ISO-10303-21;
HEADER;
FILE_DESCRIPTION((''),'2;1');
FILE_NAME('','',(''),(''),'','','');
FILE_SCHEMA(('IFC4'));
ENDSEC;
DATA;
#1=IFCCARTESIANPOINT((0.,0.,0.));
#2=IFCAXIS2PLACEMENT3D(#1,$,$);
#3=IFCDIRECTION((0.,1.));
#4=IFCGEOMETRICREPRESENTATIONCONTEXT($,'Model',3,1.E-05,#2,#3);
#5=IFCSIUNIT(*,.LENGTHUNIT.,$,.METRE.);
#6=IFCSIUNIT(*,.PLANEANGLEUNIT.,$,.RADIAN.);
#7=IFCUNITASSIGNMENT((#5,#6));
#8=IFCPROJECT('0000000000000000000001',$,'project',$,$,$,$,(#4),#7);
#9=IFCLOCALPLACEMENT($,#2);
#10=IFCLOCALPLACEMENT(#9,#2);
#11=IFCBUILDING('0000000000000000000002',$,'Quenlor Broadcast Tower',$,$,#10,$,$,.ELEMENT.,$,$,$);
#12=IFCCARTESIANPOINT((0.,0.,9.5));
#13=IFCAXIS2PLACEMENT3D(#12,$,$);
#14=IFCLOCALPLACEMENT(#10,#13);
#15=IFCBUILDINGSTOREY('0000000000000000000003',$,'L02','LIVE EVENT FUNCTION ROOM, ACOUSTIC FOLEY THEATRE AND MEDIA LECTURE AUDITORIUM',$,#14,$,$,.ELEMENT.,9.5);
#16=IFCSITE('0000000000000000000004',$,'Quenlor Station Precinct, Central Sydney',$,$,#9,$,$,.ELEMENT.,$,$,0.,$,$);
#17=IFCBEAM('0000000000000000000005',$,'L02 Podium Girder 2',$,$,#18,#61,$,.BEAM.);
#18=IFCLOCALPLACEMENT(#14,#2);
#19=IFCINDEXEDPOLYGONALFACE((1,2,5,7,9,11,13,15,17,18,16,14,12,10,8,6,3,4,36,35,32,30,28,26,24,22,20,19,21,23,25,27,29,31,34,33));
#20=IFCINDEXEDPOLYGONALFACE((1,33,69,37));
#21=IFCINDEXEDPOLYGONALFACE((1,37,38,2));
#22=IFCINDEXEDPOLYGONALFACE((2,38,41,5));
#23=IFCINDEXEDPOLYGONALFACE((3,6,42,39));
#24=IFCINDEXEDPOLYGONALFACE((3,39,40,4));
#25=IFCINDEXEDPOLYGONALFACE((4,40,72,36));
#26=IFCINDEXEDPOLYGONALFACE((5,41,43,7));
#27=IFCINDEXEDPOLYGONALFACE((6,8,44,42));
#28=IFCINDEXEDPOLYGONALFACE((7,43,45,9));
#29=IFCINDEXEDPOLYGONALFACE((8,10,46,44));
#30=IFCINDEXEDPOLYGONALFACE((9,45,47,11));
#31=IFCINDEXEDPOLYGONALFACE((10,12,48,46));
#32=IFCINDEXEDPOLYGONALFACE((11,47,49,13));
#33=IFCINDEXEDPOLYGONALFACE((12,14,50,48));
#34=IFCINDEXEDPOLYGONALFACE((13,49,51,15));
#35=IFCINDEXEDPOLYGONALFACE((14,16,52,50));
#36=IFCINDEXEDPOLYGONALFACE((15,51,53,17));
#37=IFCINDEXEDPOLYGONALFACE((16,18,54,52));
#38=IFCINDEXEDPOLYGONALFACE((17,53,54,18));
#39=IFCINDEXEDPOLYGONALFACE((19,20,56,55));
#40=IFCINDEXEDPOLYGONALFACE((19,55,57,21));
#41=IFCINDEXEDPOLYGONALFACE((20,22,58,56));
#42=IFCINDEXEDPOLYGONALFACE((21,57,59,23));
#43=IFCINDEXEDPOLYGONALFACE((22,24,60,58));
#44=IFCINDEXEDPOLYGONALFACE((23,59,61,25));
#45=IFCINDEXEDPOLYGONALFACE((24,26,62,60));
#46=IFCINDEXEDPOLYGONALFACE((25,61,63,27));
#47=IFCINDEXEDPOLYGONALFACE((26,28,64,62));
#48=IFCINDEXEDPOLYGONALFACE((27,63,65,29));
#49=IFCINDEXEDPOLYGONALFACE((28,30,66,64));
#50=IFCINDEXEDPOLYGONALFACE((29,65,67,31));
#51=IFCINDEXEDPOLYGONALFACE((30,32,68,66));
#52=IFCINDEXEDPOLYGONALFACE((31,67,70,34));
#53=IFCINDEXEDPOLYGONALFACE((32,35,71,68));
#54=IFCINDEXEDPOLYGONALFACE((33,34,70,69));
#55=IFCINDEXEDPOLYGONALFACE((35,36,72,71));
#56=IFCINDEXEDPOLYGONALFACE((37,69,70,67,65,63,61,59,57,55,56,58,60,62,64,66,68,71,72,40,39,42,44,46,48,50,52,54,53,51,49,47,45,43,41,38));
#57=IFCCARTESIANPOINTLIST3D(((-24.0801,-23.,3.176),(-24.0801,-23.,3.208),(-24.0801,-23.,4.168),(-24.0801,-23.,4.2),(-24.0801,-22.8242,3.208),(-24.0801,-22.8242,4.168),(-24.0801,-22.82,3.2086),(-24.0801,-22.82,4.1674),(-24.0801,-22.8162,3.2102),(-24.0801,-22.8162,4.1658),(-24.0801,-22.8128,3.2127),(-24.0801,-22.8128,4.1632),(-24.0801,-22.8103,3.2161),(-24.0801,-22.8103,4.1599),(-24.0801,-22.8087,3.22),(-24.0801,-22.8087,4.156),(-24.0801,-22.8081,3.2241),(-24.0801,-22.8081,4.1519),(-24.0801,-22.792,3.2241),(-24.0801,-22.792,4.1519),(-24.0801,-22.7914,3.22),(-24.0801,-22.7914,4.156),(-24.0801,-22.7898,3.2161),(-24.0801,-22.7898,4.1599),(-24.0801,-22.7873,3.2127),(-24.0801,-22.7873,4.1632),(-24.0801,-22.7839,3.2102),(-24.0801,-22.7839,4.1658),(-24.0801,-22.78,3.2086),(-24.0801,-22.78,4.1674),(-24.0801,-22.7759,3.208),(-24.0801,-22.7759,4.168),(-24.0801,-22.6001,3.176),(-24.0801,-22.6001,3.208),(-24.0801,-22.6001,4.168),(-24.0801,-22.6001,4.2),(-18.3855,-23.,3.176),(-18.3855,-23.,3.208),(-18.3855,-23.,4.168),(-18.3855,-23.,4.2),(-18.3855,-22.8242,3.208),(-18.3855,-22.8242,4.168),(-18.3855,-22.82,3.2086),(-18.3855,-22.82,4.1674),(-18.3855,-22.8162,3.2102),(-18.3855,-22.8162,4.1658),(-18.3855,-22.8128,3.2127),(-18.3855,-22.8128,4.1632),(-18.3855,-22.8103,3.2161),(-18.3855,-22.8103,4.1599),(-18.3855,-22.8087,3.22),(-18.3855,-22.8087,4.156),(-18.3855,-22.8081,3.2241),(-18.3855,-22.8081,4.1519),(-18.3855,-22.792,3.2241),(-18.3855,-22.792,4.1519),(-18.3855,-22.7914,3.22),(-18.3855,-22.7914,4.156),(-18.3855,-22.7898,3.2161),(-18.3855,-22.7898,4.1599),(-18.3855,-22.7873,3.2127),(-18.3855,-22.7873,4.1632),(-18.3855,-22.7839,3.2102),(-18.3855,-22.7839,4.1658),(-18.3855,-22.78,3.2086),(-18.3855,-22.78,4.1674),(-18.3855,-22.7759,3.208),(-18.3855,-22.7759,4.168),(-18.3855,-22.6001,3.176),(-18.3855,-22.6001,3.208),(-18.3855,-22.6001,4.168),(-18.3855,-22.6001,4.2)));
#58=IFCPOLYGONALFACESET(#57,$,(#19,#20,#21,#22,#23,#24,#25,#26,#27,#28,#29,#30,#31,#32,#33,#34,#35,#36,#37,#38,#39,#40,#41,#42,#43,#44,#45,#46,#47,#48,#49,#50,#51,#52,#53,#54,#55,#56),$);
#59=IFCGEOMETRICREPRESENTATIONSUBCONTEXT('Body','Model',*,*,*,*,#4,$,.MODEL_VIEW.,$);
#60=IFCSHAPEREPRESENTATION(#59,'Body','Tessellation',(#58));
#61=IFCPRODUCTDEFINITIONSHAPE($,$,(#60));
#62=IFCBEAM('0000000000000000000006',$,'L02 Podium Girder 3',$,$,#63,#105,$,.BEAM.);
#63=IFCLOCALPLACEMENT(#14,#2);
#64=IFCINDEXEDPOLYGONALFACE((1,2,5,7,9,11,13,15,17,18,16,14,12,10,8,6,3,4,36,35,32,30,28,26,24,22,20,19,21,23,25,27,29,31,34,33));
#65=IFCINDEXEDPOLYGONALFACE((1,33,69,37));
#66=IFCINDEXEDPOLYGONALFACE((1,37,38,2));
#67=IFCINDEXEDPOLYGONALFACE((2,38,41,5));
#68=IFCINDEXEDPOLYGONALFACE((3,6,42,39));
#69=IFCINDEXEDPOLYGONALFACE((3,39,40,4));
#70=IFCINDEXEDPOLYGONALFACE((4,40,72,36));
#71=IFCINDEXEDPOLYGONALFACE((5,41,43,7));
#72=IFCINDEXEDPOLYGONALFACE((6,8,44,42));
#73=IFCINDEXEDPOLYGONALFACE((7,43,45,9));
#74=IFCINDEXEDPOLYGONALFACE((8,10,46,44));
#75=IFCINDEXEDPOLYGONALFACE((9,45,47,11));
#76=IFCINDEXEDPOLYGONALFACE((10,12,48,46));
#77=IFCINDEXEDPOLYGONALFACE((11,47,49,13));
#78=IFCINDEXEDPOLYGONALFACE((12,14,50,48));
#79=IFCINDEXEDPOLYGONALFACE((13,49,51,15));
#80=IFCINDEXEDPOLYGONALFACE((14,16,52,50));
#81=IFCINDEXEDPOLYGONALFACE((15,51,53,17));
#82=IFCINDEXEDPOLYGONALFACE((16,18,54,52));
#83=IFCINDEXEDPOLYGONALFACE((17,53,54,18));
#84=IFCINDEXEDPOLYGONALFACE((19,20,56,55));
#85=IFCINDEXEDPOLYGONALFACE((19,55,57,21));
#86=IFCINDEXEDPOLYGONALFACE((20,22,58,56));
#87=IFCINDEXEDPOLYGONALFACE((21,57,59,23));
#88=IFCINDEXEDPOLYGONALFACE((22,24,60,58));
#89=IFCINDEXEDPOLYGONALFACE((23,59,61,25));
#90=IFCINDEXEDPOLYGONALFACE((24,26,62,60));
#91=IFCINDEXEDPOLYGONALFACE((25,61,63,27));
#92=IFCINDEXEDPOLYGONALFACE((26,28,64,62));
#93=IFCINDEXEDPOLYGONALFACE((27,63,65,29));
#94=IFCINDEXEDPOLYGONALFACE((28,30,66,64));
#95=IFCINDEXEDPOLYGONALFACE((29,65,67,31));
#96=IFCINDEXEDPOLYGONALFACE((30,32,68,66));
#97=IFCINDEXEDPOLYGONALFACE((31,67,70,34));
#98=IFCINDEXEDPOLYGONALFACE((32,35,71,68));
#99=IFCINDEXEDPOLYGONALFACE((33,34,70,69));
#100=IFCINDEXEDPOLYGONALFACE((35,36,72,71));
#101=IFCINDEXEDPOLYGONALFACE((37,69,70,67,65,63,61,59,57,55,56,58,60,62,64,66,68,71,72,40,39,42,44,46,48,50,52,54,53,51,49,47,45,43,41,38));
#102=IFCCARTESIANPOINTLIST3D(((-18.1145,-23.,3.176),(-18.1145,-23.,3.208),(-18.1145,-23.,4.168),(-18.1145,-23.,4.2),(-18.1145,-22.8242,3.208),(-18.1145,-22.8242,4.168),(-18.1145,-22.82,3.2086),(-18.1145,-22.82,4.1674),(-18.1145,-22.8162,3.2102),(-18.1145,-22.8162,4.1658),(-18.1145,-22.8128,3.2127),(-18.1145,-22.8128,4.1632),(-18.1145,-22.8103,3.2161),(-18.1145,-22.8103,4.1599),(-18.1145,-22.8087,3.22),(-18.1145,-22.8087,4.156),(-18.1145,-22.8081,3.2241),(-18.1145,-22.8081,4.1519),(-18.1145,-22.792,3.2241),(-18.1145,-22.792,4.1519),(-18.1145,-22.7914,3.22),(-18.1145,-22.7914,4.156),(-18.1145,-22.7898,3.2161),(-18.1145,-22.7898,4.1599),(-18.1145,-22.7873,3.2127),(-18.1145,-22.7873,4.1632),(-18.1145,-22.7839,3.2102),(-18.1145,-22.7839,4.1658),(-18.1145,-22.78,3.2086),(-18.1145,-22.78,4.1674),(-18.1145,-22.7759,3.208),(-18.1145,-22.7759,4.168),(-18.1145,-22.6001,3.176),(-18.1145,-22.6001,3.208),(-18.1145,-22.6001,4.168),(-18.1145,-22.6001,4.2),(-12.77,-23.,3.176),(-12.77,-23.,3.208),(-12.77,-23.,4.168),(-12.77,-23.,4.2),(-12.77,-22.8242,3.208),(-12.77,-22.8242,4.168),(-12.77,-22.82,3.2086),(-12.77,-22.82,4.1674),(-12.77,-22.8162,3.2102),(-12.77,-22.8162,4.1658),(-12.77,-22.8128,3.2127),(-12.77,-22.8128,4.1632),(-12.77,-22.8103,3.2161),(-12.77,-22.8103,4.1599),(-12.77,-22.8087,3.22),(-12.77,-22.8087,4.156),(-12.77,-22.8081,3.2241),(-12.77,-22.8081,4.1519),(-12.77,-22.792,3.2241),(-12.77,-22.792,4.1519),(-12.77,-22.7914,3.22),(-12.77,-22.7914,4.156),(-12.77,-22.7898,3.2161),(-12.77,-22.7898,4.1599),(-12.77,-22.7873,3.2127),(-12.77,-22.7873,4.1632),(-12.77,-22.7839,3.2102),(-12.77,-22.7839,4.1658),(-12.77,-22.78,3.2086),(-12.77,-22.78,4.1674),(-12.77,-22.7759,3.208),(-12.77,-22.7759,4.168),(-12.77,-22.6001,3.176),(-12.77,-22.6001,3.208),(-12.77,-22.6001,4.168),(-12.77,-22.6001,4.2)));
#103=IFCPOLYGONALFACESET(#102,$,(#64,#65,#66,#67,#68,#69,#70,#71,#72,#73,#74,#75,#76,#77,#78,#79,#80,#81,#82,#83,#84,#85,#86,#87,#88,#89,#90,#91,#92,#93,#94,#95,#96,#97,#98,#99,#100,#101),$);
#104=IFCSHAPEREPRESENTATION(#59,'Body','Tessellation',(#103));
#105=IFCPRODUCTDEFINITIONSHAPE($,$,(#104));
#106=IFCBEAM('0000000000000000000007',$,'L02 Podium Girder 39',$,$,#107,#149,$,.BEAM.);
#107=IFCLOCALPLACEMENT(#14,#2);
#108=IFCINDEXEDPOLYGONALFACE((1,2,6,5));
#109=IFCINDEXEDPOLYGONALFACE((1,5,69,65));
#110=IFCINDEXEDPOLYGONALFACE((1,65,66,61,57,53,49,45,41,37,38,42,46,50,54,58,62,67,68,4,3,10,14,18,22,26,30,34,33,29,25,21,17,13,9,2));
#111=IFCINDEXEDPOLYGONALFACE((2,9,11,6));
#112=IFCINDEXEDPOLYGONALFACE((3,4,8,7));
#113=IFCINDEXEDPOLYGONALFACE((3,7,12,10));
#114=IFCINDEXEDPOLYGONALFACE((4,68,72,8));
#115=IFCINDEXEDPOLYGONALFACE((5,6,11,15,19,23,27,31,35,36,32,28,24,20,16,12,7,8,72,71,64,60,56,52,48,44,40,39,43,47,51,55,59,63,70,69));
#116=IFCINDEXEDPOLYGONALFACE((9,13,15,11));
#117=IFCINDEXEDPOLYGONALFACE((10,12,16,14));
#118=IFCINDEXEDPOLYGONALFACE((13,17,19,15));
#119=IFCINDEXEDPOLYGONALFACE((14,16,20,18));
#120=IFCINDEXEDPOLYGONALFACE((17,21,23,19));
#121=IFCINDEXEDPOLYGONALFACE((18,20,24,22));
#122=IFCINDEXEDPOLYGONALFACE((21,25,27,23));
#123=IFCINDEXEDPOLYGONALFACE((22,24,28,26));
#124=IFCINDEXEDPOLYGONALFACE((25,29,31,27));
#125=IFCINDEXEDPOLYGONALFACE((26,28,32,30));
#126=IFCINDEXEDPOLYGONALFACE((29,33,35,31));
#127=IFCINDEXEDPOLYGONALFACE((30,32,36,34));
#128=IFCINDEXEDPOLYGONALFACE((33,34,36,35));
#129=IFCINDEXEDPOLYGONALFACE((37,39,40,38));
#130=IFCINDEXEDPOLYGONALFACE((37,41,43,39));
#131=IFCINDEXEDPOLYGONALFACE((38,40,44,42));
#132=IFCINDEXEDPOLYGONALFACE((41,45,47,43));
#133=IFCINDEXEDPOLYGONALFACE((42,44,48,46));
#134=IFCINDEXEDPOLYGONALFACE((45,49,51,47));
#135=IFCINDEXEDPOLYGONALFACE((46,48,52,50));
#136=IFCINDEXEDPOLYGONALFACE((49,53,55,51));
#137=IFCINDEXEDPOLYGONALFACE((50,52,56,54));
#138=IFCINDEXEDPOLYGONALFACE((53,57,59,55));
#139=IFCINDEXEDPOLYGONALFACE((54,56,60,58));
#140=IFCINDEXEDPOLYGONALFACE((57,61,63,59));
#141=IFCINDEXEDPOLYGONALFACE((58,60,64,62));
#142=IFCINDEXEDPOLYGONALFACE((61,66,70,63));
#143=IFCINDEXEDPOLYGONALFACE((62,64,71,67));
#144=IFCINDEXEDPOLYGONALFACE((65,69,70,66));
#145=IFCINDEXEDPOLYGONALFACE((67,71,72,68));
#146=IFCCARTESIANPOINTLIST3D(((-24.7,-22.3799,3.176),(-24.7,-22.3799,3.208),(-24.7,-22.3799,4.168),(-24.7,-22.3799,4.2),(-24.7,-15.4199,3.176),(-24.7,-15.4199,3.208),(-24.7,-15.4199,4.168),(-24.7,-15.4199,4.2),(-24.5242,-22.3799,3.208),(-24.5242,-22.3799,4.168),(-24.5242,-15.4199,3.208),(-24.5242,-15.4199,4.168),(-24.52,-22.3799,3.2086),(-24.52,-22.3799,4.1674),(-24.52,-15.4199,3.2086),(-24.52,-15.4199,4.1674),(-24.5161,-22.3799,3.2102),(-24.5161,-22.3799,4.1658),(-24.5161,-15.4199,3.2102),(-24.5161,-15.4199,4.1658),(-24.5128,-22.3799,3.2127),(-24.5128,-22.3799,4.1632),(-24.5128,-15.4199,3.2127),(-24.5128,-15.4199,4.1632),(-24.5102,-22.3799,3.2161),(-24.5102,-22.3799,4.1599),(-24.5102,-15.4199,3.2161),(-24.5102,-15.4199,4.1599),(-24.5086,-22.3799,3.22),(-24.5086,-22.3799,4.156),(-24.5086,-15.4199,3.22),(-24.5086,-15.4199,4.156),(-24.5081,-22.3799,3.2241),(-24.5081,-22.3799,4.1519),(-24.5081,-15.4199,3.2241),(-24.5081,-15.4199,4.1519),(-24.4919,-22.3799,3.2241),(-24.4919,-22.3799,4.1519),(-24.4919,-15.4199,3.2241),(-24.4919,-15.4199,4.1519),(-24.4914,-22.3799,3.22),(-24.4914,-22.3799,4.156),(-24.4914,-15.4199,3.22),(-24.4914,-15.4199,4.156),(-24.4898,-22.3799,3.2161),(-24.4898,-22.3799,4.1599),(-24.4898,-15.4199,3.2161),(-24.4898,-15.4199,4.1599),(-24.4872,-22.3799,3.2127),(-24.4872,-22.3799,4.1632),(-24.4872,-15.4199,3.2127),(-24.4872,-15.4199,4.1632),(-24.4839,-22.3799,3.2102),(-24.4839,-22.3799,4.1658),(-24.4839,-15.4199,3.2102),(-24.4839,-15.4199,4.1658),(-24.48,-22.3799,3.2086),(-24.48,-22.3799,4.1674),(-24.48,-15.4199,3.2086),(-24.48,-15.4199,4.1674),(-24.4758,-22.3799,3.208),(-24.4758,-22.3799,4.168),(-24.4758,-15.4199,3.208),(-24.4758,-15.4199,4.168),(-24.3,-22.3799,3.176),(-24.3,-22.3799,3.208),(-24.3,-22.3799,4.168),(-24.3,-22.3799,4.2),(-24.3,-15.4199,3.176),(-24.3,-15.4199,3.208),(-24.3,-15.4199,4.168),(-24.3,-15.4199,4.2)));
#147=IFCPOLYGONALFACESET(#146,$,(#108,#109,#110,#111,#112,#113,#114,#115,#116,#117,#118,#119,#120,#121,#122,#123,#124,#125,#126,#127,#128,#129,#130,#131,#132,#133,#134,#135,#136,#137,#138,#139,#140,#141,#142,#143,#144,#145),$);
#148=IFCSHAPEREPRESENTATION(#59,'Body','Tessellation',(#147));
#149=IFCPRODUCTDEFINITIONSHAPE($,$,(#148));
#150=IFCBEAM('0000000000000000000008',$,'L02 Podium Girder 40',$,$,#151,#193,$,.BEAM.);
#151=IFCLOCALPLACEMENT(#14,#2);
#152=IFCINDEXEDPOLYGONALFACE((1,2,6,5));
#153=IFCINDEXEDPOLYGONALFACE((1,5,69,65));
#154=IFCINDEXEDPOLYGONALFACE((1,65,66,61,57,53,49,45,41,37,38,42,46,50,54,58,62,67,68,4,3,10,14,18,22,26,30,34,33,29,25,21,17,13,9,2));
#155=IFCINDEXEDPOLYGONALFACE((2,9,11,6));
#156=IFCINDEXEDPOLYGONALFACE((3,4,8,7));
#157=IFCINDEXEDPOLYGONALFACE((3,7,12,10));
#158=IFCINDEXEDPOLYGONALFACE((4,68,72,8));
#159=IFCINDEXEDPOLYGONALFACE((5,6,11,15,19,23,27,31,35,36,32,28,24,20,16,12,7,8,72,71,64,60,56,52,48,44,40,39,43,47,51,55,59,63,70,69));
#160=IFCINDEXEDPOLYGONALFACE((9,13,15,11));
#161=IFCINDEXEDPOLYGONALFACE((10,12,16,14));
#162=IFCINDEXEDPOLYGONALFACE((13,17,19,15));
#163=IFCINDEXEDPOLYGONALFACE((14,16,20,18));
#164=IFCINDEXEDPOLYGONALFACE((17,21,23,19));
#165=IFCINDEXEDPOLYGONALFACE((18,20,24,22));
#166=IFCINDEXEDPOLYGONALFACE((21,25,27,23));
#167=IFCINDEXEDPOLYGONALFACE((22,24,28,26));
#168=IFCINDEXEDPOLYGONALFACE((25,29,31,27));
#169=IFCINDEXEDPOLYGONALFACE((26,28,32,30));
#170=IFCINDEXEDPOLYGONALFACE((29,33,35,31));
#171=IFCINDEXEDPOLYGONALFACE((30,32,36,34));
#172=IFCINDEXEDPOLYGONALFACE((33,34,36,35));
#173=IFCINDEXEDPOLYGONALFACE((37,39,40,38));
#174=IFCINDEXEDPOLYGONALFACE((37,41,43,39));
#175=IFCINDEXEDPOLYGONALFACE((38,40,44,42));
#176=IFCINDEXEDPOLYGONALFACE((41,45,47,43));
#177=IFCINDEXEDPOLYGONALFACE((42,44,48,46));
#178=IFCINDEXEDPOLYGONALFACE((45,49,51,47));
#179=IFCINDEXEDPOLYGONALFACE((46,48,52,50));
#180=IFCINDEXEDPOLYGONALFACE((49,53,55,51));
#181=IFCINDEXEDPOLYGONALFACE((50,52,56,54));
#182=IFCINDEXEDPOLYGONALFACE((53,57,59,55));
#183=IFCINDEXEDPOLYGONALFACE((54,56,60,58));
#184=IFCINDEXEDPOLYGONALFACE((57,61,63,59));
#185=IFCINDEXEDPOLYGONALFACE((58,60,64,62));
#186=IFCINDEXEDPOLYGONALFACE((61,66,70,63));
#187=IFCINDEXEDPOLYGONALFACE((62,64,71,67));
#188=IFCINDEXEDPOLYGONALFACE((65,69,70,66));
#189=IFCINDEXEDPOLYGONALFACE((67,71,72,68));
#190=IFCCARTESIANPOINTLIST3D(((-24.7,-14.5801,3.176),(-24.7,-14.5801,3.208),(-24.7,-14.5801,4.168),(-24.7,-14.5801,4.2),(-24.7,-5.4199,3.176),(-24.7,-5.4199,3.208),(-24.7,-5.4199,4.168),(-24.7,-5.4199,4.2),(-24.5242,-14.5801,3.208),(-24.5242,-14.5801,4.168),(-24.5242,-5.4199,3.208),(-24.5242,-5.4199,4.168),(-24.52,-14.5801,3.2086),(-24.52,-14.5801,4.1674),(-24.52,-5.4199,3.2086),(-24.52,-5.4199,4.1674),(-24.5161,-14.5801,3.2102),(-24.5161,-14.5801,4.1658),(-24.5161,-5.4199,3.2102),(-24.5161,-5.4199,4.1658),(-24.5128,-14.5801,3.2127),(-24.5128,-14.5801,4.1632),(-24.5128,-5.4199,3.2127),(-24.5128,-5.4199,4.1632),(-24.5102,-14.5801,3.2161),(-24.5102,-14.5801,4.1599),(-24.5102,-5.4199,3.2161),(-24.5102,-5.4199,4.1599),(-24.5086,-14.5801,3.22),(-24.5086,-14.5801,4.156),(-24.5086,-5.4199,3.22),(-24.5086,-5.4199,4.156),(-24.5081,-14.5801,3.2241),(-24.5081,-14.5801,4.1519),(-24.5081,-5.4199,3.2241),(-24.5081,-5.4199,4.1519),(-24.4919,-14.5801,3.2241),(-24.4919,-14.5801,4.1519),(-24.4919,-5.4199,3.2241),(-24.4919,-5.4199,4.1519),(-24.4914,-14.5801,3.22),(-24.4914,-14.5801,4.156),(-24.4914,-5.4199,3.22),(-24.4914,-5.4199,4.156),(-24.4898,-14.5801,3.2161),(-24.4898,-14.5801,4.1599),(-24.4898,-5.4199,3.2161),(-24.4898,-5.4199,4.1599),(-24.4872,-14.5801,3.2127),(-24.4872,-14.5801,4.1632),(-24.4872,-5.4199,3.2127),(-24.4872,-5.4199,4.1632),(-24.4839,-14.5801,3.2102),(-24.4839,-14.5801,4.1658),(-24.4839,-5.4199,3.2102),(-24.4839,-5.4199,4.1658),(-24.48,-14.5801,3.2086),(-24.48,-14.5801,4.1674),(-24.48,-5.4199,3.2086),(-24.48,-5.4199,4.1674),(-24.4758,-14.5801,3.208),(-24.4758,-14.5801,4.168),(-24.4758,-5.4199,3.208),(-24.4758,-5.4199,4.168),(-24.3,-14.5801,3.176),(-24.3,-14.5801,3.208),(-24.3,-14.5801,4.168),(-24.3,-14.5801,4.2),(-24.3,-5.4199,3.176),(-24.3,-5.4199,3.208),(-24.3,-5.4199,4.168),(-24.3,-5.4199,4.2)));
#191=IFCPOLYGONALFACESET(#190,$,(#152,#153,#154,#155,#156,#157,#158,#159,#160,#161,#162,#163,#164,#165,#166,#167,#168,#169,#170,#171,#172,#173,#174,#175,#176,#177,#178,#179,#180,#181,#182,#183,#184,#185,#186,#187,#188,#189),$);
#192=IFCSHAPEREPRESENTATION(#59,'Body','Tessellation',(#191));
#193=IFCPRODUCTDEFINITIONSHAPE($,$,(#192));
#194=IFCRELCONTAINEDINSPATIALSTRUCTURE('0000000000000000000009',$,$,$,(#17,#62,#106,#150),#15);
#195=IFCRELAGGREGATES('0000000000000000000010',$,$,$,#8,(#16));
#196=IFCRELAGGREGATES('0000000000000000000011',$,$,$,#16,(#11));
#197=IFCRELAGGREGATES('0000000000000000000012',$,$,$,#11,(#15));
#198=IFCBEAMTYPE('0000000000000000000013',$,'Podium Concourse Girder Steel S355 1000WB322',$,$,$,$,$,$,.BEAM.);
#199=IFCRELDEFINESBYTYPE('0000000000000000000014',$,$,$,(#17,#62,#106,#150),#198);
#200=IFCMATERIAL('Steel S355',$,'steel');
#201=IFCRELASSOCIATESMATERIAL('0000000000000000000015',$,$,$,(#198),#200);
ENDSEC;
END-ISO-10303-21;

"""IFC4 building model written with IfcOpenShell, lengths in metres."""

from ifc_helpers import new_model, si_unit, direction, frame, origin, origin_2d, place, context, subcontext, project, spatial, i_section, extrude, material, material_profile, profile_set, type_object, element, save


model = new_model("IFC4")

# Units and contexts
model_context = context("Model", 3, precision=1e-05, world=origin(), true_north=direction((0.0, 1.0)))
body_context = subcontext(model_context, "Body", "Model", "MODEL_VIEW")
ifc_project = project(units=[si_unit("LENGTHUNIT", "METRE"), si_unit("PLANEANGLEUNIT", "RADIAN")], contexts=[model_context])

# Site, building, storey
site_placement = place(None, origin())
site = spatial("IfcSite", under=ifc_project, at=site_placement, Name="Quenlor Station Precinct, Central Sydney", CompositionType="ELEMENT", RefElevation=0.0)
building_placement = place(site_placement, origin())
building = spatial("IfcBuilding", under=site, at=building_placement, Name="Quenlor Broadcast Tower", CompositionType="ELEMENT")
storey_placement = place(building_placement, frame((0.0, 0.0, 9.5)))
storey = spatial("IfcBuildingStorey", under=building, at=storey_placement, Name="L02", Description="LIVE EVENT FUNCTION ROOM, ACOUSTIC FOLEY THEATRE AND MEDIA LECTURE AUDITORIUM", CompositionType="ELEMENT", Elevation=9.5)

# Beams
ifc_material_1 = material(Name="Steel S355", Category="steel")
ifc_material_profile_1 = material_profile(ifc_material_1, i_section(OverallWidth=0.3999, OverallDepth=1.0239, WebThickness=0.0161, FlangeThickness=0.032, FilletRadius=0.0161, at=origin_2d()))
ifc_profile_set_1 = profile_set([ifc_material_profile_1], Name="Steel S355 1000WB322")
beam_type = type_object("IfcBeamType", Name="Podium Concourse Girder Steel S355 1000WB322", PredefinedType="BEAM", material=ifc_profile_set_1)
beam_1_placement = place(storey_placement, frame((-24.0801, -22.8, 3.688), z_axis=(1.0, 0.0, 0.0), x_axis=(0.0, 1.0, 0.0)))
element("IfcBeam", 1, at=beam_1_placement, inside=storey, type_object=beam_type, Name="L02 Podium Girder 2", PredefinedType="BEAM", context=body_context, shape_type="SweptSolid", body=[
    extrude(i_section(OverallWidth=0.3999, OverallDepth=1.0239, WebThickness=0.0161, FlangeThickness=0.032, FilletRadius=0.0161, at=origin_2d()), origin(), (0.0, 0.0, 1.0), 5.6946),
])
beam_2_placement = place(storey_placement, frame((-18.1145, -22.8, 3.688), z_axis=(1.0, 0.0, 0.0), x_axis=(0.0, 1.0, 0.0)))
element("IfcBeam", 2, at=beam_2_placement, inside=storey, type_object=beam_type, Name="L02 Podium Girder 3", PredefinedType="BEAM", context=body_context, shape_type="SweptSolid", body=[
    extrude(i_section(OverallWidth=0.3999, OverallDepth=1.0239, WebThickness=0.0161, FlangeThickness=0.032, FilletRadius=0.0161, at=origin_2d()), origin(), (0.0, 0.0, 1.0), 5.3445),
])
beam_3_placement = place(storey_placement, frame((-24.5, -22.3799, 3.688), z_axis=(0.0, 1.0, 0.0), x_axis=(-1.0, 0.0, 0.0)))
element("IfcBeam", 3, at=beam_3_placement, inside=storey, type_object=beam_type, Name="L02 Podium Girder 39", PredefinedType="BEAM", context=body_context, shape_type="SweptSolid", body=[
    extrude(i_section(OverallWidth=0.3999, OverallDepth=1.0239, WebThickness=0.0161, FlangeThickness=0.032, FilletRadius=0.0161, at=origin_2d()), origin(), (0.0, 0.0, 1.0), 6.96),
])
for number, where, z_axis, x_axis, name in (
    (4, (-24.5, -14.5801, 3.688), (0.0, 1.0, 0.0), (-1.0, 0.0, 0.0), "L02 Podium Girder 40"),
):
    element("IfcBeam", number, at=place(storey_placement, frame(where, z_axis=z_axis, x_axis=x_axis)), inside=storey, type_object=beam_type, Name=name, PredefinedType="BEAM", context=body_context, shape_type="SweptSolid", body=[
        extrude(i_section(OverallWidth=0.3999, OverallDepth=1.0239, WebThickness=0.0161, FlangeThickness=0.032, FilletRadius=0.0161, at=origin_2d()), origin(), (0.0, 0.0, 1.0), 9.1602),
    ])

save(model, "model.ifc")
